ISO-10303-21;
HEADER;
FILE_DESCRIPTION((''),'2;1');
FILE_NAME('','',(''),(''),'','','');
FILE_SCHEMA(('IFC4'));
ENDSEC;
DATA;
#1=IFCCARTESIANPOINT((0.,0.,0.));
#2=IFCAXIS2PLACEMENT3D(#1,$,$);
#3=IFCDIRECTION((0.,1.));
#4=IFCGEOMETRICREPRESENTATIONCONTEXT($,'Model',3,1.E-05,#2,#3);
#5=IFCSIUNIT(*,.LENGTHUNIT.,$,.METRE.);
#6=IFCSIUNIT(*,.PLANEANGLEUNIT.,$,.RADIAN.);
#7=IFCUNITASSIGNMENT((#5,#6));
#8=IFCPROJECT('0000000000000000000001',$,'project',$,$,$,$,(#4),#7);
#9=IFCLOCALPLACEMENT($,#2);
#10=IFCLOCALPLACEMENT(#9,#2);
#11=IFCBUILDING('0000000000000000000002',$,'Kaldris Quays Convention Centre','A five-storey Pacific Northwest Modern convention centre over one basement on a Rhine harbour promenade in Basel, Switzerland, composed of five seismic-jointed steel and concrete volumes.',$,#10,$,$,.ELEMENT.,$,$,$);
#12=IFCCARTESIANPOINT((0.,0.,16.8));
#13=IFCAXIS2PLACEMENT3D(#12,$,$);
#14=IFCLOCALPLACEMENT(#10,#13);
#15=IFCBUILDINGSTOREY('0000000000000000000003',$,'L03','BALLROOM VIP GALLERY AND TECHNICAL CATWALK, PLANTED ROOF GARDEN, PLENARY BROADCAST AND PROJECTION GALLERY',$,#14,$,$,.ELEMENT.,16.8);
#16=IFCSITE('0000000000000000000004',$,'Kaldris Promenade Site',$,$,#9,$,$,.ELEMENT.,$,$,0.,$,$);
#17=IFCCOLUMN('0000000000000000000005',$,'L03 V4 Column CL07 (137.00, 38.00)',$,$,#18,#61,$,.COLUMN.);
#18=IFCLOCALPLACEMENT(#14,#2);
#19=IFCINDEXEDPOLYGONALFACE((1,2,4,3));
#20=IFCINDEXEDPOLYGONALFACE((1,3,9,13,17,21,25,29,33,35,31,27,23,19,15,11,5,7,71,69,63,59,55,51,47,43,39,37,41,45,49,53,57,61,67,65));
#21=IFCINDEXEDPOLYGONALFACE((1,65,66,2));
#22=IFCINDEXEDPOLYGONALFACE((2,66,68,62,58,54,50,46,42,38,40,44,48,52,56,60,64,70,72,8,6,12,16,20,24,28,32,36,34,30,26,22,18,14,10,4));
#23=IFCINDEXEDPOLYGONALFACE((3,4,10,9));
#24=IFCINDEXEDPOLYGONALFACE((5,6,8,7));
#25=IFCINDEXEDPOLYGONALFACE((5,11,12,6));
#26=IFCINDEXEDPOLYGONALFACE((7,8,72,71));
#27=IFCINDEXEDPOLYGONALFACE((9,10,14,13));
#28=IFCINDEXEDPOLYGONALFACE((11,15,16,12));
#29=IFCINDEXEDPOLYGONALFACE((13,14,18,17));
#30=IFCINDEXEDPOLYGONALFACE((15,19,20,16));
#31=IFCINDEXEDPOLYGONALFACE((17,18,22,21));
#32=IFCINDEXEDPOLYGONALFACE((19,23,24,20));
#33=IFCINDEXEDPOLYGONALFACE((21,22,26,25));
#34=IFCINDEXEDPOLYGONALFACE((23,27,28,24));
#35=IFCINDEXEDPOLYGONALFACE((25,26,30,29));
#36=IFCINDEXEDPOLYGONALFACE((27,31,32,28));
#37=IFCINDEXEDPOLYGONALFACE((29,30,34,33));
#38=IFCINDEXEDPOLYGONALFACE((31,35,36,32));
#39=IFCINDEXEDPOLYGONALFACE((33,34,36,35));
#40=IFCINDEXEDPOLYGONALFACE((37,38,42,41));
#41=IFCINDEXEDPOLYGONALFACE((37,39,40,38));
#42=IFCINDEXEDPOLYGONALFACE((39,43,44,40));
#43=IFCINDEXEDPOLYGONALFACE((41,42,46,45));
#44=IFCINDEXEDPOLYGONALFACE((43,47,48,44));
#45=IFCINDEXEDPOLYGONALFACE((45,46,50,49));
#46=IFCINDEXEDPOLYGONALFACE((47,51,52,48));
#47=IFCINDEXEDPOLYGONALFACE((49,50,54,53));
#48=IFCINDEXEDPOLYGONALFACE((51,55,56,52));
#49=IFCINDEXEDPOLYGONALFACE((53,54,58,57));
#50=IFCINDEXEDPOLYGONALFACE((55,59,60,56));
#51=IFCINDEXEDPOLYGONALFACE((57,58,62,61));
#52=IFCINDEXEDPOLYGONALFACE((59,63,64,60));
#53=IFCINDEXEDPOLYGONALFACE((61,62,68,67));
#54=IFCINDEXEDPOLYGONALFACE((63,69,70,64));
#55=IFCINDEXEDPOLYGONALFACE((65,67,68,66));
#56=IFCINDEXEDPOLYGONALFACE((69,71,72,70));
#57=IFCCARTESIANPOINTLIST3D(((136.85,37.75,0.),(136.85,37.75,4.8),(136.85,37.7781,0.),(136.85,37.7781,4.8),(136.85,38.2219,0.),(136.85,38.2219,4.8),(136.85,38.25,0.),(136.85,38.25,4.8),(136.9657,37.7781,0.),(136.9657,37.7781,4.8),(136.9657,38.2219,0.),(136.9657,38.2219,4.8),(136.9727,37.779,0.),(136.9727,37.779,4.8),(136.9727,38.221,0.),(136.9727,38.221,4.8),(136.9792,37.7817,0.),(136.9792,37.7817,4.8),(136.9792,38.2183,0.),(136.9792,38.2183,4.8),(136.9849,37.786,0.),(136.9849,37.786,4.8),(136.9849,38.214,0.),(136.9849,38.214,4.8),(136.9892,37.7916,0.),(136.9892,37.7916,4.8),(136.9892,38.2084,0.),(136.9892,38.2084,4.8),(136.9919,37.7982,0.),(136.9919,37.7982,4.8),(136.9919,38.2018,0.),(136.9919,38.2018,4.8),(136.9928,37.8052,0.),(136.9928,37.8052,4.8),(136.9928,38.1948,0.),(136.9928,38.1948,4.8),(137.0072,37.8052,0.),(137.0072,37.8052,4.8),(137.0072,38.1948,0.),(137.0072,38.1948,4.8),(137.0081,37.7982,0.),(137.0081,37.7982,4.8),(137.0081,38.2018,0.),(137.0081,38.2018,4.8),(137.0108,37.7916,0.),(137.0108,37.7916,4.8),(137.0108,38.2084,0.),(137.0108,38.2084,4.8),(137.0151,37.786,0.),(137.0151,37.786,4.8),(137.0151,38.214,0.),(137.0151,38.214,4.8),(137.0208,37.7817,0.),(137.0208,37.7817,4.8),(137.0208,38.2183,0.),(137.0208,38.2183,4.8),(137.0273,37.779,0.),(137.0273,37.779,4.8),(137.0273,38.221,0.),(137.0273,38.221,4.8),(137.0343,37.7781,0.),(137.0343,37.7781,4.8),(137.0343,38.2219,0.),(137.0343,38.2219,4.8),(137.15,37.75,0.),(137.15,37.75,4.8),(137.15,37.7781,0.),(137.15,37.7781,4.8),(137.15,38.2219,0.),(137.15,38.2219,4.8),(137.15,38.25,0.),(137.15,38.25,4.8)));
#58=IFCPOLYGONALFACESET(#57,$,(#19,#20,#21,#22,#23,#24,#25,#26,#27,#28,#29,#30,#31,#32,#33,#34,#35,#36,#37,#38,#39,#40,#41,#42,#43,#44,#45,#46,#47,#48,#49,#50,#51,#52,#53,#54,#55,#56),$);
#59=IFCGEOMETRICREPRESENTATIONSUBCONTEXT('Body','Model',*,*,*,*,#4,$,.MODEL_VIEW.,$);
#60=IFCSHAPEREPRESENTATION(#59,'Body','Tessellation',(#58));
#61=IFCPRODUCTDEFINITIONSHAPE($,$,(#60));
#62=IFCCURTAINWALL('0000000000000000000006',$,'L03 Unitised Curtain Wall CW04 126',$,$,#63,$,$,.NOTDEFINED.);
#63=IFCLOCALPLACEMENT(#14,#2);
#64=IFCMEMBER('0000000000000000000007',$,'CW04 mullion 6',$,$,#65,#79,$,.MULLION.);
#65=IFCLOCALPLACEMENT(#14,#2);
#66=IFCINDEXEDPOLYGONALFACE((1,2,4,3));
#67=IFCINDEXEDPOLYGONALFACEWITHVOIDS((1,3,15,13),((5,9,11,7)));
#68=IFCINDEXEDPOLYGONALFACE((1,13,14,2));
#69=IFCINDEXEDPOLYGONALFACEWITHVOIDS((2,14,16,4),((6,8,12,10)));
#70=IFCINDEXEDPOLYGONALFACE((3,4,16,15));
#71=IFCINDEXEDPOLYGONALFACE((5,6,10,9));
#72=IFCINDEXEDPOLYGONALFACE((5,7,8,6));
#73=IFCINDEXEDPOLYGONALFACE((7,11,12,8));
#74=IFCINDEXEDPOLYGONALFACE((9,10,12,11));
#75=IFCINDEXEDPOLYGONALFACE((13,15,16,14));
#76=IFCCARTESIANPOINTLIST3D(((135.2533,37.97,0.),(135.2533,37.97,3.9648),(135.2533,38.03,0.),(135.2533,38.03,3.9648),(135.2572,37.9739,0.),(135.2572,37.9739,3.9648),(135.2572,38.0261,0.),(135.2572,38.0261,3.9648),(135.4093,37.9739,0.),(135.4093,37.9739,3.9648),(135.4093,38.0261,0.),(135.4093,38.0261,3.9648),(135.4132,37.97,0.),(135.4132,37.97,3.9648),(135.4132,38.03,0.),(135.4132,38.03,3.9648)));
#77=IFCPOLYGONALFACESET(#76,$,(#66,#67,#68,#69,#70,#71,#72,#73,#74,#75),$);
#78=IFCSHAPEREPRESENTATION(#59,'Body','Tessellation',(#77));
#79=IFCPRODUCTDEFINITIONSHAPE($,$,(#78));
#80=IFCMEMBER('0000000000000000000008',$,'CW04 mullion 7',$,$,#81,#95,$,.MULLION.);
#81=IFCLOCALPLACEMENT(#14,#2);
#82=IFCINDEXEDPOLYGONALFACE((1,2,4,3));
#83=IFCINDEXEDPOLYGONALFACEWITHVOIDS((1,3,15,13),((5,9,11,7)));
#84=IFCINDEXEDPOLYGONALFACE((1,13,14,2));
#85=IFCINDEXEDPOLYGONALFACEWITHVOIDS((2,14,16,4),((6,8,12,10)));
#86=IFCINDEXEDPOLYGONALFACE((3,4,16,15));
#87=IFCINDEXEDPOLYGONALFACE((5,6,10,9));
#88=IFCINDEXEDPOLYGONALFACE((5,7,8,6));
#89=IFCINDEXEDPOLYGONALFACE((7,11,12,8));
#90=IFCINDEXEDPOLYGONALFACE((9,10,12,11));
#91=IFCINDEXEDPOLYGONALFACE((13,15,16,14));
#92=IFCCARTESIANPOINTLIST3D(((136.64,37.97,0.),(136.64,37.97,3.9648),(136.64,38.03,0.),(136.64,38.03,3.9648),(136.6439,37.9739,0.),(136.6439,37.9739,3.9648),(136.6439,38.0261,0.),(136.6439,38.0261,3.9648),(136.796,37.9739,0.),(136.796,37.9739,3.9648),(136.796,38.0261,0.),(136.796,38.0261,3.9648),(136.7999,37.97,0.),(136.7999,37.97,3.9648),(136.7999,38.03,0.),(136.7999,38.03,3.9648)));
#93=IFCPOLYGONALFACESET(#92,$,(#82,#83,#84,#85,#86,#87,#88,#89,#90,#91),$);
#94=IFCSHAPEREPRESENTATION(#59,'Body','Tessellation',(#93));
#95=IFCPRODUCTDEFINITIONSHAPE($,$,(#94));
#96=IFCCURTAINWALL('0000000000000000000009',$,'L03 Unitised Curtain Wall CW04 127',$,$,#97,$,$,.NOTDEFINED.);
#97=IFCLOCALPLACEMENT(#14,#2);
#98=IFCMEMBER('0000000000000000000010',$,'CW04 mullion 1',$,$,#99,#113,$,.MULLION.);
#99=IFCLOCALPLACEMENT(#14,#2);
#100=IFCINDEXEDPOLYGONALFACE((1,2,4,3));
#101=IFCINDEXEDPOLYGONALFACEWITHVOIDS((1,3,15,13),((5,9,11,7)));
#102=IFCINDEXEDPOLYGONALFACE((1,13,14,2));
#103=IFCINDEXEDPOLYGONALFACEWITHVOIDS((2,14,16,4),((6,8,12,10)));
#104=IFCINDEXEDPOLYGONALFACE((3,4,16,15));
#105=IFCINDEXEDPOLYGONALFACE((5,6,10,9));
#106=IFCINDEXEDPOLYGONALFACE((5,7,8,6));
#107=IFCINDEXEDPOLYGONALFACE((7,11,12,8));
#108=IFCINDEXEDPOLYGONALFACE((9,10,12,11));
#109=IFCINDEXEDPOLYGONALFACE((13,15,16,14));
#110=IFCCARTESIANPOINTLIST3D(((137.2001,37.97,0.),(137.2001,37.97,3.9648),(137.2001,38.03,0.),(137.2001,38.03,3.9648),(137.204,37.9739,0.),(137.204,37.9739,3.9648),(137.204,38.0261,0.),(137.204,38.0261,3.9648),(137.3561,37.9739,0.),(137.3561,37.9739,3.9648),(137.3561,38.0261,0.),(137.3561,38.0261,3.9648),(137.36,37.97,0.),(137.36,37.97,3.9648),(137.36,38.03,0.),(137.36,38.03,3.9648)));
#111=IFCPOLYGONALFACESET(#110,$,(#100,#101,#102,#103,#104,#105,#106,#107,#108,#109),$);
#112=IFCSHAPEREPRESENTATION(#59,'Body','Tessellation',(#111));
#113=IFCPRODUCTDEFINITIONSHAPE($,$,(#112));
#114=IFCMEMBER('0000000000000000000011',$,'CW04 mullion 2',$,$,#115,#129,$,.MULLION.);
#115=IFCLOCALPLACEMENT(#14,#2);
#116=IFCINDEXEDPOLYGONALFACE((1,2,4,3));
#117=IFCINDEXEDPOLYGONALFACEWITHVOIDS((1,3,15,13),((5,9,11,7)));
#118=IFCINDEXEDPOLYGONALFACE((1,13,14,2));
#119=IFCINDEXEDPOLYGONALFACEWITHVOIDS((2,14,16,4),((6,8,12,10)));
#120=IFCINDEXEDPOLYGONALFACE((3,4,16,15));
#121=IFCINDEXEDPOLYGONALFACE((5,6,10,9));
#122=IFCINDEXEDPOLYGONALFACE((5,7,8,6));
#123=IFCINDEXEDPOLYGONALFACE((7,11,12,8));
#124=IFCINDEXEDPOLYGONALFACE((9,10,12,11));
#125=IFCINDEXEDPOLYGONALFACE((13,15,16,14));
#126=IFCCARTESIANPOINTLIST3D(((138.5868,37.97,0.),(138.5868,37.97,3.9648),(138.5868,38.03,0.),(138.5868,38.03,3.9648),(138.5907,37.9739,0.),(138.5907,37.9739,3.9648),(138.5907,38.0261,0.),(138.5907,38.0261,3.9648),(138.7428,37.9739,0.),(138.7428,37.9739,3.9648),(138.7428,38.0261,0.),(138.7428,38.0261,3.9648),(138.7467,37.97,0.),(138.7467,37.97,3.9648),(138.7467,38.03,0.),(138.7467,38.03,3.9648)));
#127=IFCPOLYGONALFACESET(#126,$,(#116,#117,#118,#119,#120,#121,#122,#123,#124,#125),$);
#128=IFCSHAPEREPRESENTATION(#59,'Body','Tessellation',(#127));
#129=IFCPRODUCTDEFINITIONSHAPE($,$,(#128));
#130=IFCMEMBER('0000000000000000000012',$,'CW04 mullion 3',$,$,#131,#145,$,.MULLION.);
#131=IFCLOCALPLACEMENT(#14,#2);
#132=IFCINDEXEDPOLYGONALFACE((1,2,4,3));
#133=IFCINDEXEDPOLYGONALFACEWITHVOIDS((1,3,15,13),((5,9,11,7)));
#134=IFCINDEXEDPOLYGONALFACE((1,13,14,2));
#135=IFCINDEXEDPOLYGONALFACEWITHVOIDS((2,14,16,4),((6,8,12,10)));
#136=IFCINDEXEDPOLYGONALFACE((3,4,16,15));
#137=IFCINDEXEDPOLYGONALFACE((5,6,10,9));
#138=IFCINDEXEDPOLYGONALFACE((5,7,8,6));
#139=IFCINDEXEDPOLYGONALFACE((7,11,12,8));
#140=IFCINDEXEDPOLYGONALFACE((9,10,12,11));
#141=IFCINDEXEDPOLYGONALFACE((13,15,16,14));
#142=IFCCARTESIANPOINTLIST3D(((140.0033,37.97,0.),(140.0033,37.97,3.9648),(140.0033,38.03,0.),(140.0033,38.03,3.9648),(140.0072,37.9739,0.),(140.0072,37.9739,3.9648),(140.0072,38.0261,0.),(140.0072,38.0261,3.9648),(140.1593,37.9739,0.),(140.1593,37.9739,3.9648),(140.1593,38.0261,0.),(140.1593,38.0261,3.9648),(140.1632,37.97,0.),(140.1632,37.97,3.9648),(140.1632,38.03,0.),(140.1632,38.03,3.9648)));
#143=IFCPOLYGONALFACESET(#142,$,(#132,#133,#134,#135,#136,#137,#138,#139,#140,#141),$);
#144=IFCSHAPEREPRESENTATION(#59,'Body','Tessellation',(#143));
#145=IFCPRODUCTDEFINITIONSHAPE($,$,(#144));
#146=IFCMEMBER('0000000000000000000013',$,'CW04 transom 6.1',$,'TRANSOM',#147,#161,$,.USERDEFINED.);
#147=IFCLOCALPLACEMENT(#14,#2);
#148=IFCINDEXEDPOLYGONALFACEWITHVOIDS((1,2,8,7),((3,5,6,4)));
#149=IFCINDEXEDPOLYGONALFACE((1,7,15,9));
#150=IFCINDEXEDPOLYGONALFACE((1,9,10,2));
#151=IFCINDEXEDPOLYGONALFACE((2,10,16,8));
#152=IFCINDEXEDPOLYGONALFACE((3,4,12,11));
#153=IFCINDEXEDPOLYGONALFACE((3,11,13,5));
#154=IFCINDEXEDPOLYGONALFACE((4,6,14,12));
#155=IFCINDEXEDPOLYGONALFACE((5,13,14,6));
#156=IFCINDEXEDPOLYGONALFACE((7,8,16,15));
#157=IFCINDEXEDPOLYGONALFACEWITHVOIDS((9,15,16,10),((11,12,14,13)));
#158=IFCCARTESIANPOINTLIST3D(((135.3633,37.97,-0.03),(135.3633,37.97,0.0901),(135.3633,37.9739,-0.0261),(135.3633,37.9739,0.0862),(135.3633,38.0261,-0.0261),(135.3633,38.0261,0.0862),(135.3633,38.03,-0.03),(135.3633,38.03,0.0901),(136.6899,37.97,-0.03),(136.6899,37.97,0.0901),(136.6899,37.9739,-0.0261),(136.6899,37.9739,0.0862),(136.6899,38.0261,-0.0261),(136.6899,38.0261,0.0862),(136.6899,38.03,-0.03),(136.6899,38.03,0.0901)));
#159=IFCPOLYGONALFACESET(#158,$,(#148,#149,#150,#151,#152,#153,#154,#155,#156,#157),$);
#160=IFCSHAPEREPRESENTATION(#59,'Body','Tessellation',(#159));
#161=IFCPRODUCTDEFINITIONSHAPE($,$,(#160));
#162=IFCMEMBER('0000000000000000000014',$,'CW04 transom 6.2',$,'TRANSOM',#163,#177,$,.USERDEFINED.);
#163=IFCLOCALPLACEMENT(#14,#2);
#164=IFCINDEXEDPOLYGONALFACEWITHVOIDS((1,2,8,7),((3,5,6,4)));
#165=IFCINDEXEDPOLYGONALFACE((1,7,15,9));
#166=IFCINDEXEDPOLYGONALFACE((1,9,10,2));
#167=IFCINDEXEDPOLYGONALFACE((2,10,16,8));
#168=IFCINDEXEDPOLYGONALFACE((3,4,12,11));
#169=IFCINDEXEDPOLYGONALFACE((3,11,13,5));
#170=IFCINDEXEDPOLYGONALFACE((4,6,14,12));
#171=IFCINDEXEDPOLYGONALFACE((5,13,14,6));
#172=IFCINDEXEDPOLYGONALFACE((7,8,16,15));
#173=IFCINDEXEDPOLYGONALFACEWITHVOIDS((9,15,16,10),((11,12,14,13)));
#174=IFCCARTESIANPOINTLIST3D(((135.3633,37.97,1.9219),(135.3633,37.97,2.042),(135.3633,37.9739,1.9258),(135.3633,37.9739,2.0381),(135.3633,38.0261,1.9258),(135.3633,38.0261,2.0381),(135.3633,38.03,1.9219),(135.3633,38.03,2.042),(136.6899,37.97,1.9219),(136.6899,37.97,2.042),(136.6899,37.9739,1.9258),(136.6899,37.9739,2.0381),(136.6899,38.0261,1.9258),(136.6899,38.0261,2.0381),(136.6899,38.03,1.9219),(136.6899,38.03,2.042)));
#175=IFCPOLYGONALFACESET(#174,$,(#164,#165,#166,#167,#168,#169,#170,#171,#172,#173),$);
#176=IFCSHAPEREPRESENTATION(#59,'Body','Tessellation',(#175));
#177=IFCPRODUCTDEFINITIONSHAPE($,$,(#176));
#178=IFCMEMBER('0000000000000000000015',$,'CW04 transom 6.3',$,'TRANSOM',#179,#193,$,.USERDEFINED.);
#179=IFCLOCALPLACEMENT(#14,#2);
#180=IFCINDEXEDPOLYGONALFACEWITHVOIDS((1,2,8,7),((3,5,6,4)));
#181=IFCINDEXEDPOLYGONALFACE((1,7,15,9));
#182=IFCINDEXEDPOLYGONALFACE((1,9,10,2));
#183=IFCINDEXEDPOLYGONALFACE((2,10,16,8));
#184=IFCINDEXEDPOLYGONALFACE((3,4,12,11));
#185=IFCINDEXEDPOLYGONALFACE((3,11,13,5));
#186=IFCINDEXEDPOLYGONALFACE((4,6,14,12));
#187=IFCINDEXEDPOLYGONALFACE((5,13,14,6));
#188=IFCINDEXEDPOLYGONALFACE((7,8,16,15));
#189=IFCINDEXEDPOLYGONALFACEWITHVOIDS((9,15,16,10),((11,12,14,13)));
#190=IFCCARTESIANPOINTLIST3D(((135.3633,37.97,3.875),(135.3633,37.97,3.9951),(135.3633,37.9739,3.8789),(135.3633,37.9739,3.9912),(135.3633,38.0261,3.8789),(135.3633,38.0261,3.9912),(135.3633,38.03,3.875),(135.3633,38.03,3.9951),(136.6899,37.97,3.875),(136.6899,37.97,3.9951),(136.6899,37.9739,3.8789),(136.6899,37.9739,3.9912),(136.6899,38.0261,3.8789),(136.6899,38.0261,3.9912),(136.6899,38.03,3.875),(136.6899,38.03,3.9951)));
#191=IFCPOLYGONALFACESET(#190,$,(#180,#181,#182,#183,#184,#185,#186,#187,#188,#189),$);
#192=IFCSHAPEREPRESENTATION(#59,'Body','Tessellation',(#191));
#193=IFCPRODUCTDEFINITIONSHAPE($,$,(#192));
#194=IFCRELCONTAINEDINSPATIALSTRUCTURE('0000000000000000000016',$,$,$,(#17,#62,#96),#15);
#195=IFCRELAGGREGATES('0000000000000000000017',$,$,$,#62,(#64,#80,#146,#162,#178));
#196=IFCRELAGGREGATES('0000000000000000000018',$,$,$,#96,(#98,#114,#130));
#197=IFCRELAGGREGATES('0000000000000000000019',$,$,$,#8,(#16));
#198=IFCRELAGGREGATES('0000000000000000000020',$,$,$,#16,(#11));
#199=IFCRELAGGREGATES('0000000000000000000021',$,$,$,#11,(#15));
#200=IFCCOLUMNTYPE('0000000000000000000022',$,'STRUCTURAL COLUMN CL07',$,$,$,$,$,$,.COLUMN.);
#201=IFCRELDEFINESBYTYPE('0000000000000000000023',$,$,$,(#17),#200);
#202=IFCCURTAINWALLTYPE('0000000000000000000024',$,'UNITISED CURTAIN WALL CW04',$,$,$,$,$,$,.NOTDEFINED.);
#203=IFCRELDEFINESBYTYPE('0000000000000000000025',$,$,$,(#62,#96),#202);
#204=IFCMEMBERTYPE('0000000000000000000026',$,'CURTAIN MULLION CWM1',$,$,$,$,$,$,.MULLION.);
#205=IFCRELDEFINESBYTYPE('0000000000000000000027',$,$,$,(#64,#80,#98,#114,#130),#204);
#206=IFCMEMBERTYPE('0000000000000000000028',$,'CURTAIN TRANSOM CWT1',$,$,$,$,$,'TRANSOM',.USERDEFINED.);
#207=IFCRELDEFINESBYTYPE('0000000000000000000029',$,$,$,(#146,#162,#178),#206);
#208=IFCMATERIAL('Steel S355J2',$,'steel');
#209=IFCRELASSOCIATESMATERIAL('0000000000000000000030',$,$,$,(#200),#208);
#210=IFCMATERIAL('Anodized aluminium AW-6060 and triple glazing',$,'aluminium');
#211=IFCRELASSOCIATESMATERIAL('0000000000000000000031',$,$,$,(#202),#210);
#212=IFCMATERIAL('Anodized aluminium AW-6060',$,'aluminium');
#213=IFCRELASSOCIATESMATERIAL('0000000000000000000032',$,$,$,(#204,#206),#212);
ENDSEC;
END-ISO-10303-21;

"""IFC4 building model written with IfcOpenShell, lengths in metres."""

from ifc_helpers import new_model, si_unit, direction, frame, origin, origin_2d, place, context, subcontext, project, spatial, hollow_rectangle, i_section, extrude, material, material_profile, profile_set, type_object, element, aggregate, save


model = new_model("IFC4")

# Units and contexts
model_context = context("Model", 3, precision=1e-05, world=origin(), true_north=direction((0.0, 1.0)))
body_context = subcontext(model_context, "Body", "Model", "MODEL_VIEW")
ifc_project = project(units=[si_unit("LENGTHUNIT", "METRE"), si_unit("PLANEANGLEUNIT", "RADIAN")], contexts=[model_context])

# Site, building, storey
site_placement = place(None, origin())
site = spatial("IfcSite", under=ifc_project, at=site_placement, Name="Kaldris Promenade Site", CompositionType="ELEMENT", RefElevation=0.0)
building_placement = place(site_placement, origin())
building = spatial("IfcBuilding", under=site, at=building_placement, Name="Kaldris Quays Convention Centre", Description="A five-storey Pacific Northwest Modern convention centre over one basement on a Rhine harbour promenade in Basel, Switzerland, composed of five seismic-jointed steel and concrete volumes.", CompositionType="ELEMENT")
storey_placement = place(building_placement, frame((0.0, 0.0, 16.8)))
storey = spatial("IfcBuildingStorey", under=building, at=storey_placement, Name="L03", Description="BALLROOM VIP GALLERY AND TECHNICAL CATWALK, PLANTED ROOF GARDEN, PLENARY BROADCAST AND PROJECTION GALLERY", CompositionType="ELEMENT", Elevation=16.8)

# Column
ifc_material_1 = material(Name="Steel S355J2", Category="steel")
ifc_material_profile_1 = material_profile(ifc_material_1, i_section(OverallWidth=0.3, OverallDepth=0.5, WebThickness=0.0144, FlangeThickness=0.0281, FilletRadius=0.0271, at=origin_2d()), Name="HEB 500")
ifc_profile_set_1 = profile_set([ifc_material_profile_1], Name="Steel S355J2")
column_type = type_object("IfcColumnType", Name="STRUCTURAL COLUMN CL07", PredefinedType="COLUMN", material=ifc_profile_set_1)
column_placement = place(storey_placement, frame((137.0, 38.0, 0.0), z_axis=(0.0, 0.0, 1.0), x_axis=(1.0, 0.0, 0.0)))
element("IfcColumn", 1, at=column_placement, inside=storey, type_object=column_type, Name="L03 V4 Column CL07 (137.00, 38.00)", PredefinedType="COLUMN", context=body_context, shape_type="SweptSolid", body=[
    extrude(i_section(OverallWidth=0.3, OverallDepth=0.5, WebThickness=0.0144, FlangeThickness=0.0281, FilletRadius=0.0271, at=origin_2d()), origin(), (0.0, 0.0, 1.0), 4.8),
])

# Curtain walls, members
ifc_material_2 = material(Name="Anodized aluminium AW-6060 and triple glazing", Category="aluminium")
curtain_wall_type = type_object("IfcCurtainWallType", Name="UNITISED CURTAIN WALL CW04", PredefinedType="NOTDEFINED", material=ifc_material_2)
curtain_wall_1_placement = place(storey_placement, origin())
curtain_wall_1 = element("IfcCurtainWall", 2, at=curtain_wall_1_placement, inside=storey, type_object=curtain_wall_type, Name="L03 Unitised Curtain Wall CW04 126", PredefinedType="NOTDEFINED")
ifc_material_3 = material(Name="Anodized aluminium AW-6060", Category="aluminium")
ifc_material_profile_2 = material_profile(ifc_material_3, hollow_rectangle(XDim=0.0601, YDim=0.1599, WallThickness=0.0039, at=origin_2d()), Name="RHS 160x60x4")
ifc_profile_set_2 = profile_set([ifc_material_profile_2], Name="Anodized aluminium AW-6060")
member_type_1 = type_object("IfcMemberType", Name="CURTAIN MULLION CWM1", PredefinedType="MULLION", material=ifc_profile_set_2)
member_1_placement = place(storey_placement, frame((135.3333, 38.0, 0.0), z_axis=(0.0, 0.0, 1.0), x_axis=(0.0, 1.0, 0.0)))
member_1 = element("IfcMember", 3, at=member_1_placement, type_object=member_type_1, Name="CW04 mullion 6", PredefinedType="MULLION", context=body_context, shape_type="SweptSolid", body=[
    extrude(hollow_rectangle(XDim=0.0601, YDim=0.1599, WallThickness=0.0039, at=origin_2d()), origin(), (0.0, 0.0, 1.0), 3.9648),
])
member_2_placement = place(storey_placement, frame((136.72, 38.0, 0.0), z_axis=(0.0, 0.0, 1.0), x_axis=(0.0, 1.0, 0.0)))
member_2 = element("IfcMember", 4, at=member_2_placement, type_object=member_type_1, Name="CW04 mullion 7", PredefinedType="MULLION", context=body_context, shape_type="SweptSolid", body=[
    extrude(hollow_rectangle(XDim=0.0601, YDim=0.1599, WallThickness=0.0039, at=origin_2d()), origin(), (0.0, 0.0, 1.0), 3.9648),
])
curtain_wall_2_placement = place(storey_placement, origin())
curtain_wall_2 = element("IfcCurtainWall", 5, at=curtain_wall_2_placement, inside=storey, type_object=curtain_wall_type, Name="L03 Unitised Curtain Wall CW04 127", PredefinedType="NOTDEFINED")
member_3_placement = place(storey_placement, frame((137.28, 38.0, 0.0), z_axis=(0.0, 0.0, 1.0), x_axis=(0.0, 1.0, 0.0)))
member_3 = element("IfcMember", 6, at=member_3_placement, type_object=member_type_1, Name="CW04 mullion 1", PredefinedType="MULLION", context=body_context, shape_type="SweptSolid", body=[
    extrude(hollow_rectangle(XDim=0.0601, YDim=0.1599, WallThickness=0.0039, at=origin_2d()), origin(), (0.0, 0.0, 1.0), 3.9648),
])
member_4_placement = place(storey_placement, frame((138.6667, 38.0, 0.0), z_axis=(0.0, 0.0, 1.0), x_axis=(0.0, 1.0, 0.0)))
member_4 = element("IfcMember", 7, at=member_4_placement, type_object=member_type_1, Name="CW04 mullion 2", PredefinedType="MULLION", context=body_context, shape_type="SweptSolid", body=[
    extrude(hollow_rectangle(XDim=0.0601, YDim=0.1599, WallThickness=0.0039, at=origin_2d()), origin(), (0.0, 0.0, 1.0), 3.9648),
])
member_5_placement = place(storey_placement, frame((140.0833, 38.0, 0.0), z_axis=(0.0, 0.0, 1.0), x_axis=(0.0, 1.0, 0.0)))
member_5 = element("IfcMember", 8, at=member_5_placement, type_object=member_type_1, Name="CW04 mullion 3", PredefinedType="MULLION", context=body_context, shape_type="SweptSolid", body=[
    extrude(hollow_rectangle(XDim=0.0601, YDim=0.1599, WallThickness=0.0039, at=origin_2d()), origin(), (0.0, 0.0, 1.0), 3.9648),
])

# Members
ifc_material_profile_3 = material_profile(ifc_material_3, hollow_rectangle(XDim=0.0601, YDim=0.1201, WallThickness=0.0039, at=origin_2d()), Name="RHS 120x60x4")
ifc_profile_set_3 = profile_set([ifc_material_profile_3], Name="Anodized aluminium AW-6060")
member_type_2 = type_object("IfcMemberType", Name="CURTAIN TRANSOM CWT1", ElementType="TRANSOM", PredefinedType="USERDEFINED", material=ifc_profile_set_3)
member_6_placement = place(storey_placement, frame((135.3633, 38.0, 0.03), z_axis=(1.0, 0.0, 0.0), x_axis=(0.0, 1.0, 0.0)))
member_6 = element("IfcMember", 9, at=member_6_placement, type_object=member_type_2, Name="CW04 transom 6.1", ObjectType="TRANSOM", PredefinedType="USERDEFINED", context=body_context, shape_type="SweptSolid", body=[
    extrude(hollow_rectangle(XDim=0.0601, YDim=0.1201, WallThickness=0.0039, at=origin_2d()), origin(), (0.0, 0.0, 1.0), 1.3267),
])
member_7_placement = place(storey_placement, frame((135.3633, 38.0, 1.9819), z_axis=(1.0, 0.0, 0.0), x_axis=(0.0, 1.0, 0.0)))
member_7 = element("IfcMember", 10, at=member_7_placement, type_object=member_type_2, Name="CW04 transom 6.2", ObjectType="TRANSOM", PredefinedType="USERDEFINED", context=body_context, shape_type="SweptSolid", body=[
    extrude(hollow_rectangle(XDim=0.0601, YDim=0.1201, WallThickness=0.0039, at=origin_2d()), origin(), (0.0, 0.0, 1.0), 1.3267),
])
member_8_placement = place(storey_placement, frame((135.3633, 38.0, 3.9351), z_axis=(1.0, 0.0, 0.0), x_axis=(0.0, 1.0, 0.0)))
member_8 = element("IfcMember", 11, at=member_8_placement, type_object=member_type_2, Name="CW04 transom 6.3", ObjectType="TRANSOM", PredefinedType="USERDEFINED", context=body_context, shape_type="SweptSolid", body=[
    extrude(hollow_rectangle(XDim=0.0601, YDim=0.1201, WallThickness=0.0039, at=origin_2d()), origin(), (0.0, 0.0, 1.0), 1.3267),
])

aggregate(curtain_wall_1, [member_1, member_2, member_6, member_7, member_8])
aggregate(curtain_wall_2, [member_3, member_4, member_5])

save(model, "model.ifc")
